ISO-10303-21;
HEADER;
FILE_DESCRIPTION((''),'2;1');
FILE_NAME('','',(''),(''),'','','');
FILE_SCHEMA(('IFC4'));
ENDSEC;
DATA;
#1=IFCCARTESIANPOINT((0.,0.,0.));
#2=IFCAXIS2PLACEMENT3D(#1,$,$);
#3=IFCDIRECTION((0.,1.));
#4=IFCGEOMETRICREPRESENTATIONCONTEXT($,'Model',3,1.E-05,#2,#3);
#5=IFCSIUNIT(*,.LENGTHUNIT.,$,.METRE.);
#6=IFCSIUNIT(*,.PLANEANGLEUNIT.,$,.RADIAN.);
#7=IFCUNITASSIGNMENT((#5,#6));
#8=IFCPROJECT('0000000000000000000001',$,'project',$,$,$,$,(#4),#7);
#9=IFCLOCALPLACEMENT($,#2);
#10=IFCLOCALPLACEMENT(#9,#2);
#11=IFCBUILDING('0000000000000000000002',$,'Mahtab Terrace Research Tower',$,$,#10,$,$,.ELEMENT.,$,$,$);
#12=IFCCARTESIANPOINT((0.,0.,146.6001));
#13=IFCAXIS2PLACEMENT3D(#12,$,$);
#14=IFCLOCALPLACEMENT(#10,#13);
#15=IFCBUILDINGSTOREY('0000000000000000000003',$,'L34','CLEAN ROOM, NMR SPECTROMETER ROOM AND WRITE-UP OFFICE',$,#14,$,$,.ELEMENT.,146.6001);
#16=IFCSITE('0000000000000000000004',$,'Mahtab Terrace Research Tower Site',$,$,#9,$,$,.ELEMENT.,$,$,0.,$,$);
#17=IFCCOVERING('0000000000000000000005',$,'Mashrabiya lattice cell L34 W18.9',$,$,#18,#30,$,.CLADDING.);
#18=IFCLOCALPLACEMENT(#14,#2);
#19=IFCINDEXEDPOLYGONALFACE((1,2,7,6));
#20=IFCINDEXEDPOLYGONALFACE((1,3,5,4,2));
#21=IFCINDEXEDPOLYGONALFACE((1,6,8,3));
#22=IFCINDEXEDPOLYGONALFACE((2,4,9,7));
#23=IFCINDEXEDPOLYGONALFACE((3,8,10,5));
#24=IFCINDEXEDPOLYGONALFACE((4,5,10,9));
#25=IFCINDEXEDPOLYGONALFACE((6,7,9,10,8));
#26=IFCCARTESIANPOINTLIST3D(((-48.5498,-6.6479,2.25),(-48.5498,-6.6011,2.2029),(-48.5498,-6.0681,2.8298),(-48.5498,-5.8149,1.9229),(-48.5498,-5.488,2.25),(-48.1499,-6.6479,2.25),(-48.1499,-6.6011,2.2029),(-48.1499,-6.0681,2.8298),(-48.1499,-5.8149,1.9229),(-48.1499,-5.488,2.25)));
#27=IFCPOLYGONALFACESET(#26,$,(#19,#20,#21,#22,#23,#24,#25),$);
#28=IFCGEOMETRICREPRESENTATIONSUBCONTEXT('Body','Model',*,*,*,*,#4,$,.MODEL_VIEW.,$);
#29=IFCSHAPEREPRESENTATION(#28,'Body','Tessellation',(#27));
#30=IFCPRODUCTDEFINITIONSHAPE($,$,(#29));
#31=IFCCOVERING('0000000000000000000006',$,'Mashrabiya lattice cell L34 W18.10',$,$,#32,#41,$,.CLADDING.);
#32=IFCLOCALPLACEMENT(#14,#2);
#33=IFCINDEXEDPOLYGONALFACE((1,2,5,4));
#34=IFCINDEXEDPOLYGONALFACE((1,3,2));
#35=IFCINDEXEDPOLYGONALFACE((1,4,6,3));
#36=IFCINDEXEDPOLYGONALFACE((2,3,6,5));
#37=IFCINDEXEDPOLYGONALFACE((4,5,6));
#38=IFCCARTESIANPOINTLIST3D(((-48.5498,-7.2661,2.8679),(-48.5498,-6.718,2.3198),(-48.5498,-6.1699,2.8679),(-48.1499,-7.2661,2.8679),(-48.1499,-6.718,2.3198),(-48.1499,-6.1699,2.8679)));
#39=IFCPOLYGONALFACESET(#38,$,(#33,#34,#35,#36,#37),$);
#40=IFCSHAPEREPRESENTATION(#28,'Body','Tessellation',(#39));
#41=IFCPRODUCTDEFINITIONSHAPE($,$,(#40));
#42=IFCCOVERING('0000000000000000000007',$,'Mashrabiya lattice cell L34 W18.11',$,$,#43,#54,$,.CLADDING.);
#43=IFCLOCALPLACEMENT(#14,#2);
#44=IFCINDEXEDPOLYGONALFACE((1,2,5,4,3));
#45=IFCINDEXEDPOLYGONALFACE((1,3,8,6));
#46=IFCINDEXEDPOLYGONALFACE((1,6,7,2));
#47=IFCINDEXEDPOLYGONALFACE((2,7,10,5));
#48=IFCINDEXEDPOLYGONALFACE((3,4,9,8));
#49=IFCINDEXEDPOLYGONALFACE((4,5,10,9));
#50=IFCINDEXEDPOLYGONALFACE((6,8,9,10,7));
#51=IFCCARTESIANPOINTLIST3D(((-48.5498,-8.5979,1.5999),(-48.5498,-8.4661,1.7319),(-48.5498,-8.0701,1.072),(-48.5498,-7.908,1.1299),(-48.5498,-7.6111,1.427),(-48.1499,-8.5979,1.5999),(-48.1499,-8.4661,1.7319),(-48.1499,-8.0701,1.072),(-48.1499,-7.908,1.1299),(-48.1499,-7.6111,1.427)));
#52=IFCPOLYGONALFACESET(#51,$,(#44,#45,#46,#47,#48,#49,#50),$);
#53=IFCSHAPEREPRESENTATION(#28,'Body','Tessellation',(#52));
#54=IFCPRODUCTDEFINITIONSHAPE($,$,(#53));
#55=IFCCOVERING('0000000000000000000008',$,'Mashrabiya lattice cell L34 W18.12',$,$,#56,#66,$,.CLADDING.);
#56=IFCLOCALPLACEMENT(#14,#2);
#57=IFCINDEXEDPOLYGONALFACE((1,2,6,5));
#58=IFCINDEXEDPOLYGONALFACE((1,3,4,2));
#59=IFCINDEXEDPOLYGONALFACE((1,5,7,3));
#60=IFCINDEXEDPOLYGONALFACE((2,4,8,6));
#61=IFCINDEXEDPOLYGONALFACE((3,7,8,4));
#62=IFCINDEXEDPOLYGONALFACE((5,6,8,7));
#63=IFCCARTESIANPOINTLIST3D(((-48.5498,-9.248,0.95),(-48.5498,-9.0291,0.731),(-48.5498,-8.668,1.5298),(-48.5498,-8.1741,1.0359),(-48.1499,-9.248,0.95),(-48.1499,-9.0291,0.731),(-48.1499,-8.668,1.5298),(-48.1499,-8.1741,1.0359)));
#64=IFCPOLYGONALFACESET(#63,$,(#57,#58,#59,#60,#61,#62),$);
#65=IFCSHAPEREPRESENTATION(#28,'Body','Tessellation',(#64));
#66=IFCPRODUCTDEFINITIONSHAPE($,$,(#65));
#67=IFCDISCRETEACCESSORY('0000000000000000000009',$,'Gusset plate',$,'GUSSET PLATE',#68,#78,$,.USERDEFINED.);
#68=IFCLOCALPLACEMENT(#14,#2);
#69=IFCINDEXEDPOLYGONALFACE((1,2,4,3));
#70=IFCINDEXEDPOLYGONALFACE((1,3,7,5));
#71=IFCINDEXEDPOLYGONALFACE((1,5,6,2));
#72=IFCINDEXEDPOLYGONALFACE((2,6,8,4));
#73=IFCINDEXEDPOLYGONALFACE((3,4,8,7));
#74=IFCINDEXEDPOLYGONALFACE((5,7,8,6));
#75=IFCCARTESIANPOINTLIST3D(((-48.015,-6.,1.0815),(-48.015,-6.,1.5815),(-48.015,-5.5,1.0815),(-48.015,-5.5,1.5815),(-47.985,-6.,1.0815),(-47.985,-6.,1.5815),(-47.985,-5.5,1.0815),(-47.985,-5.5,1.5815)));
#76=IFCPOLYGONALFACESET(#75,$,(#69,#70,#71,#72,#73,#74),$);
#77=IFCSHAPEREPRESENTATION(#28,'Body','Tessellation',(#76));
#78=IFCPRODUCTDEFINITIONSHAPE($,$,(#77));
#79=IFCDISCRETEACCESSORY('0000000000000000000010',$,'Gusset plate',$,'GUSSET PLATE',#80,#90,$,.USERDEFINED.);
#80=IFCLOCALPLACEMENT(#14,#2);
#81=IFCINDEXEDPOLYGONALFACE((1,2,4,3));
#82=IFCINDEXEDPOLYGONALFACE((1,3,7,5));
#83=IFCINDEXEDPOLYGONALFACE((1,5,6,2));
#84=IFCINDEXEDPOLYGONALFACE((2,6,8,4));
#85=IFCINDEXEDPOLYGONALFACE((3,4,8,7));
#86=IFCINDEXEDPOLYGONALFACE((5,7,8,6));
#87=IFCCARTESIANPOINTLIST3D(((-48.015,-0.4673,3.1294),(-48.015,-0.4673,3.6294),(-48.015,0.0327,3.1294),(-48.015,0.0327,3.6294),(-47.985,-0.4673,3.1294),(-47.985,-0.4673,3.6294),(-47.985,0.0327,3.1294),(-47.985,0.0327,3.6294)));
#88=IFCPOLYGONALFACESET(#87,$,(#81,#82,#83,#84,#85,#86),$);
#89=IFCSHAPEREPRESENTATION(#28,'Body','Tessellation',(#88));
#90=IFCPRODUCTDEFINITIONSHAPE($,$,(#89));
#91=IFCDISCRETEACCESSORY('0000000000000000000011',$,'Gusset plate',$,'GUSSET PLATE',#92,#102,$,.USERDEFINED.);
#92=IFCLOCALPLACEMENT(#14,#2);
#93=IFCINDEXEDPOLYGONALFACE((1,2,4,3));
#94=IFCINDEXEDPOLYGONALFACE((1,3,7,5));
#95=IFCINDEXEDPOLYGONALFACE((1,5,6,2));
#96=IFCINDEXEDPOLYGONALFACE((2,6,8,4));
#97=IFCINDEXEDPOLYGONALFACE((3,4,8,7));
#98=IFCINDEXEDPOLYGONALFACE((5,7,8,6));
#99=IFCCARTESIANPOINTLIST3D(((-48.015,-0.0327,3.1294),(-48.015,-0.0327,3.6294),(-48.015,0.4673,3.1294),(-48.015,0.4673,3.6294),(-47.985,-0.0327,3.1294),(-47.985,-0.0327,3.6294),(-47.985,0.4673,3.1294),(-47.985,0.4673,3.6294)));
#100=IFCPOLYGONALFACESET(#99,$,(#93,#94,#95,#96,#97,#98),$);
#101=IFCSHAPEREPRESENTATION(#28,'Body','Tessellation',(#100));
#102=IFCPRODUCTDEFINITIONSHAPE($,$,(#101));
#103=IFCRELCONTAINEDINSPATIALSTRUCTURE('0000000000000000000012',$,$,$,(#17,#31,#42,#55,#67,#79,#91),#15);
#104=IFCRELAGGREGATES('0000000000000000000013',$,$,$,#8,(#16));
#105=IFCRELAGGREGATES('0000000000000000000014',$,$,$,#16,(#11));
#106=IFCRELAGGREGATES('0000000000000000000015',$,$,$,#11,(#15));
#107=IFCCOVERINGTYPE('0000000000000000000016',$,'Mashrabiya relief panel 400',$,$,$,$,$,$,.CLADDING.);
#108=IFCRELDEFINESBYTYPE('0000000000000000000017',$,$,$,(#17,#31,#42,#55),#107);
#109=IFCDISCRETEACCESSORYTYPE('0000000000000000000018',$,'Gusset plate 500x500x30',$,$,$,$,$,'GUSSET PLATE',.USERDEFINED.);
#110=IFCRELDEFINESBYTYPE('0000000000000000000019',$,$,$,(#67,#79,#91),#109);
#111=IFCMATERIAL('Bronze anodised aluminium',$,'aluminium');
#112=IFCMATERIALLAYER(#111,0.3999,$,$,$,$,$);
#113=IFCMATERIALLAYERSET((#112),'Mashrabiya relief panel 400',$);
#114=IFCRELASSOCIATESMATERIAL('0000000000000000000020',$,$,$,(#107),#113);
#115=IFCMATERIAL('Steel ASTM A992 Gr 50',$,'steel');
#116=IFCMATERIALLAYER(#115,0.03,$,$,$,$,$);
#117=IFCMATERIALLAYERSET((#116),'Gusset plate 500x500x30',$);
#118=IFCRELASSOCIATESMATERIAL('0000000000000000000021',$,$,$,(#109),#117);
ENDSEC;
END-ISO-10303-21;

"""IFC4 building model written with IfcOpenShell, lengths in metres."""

from ifc_helpers import new_model, si_unit, direction, frame, origin, origin_2d, place, context, subcontext, project, spatial, polyline, rectangle, outline, extrude, material, layer, layer_set, type_object, element, save


model = new_model("IFC4")

# Units and contexts
model_context = context("Model", 3, precision=1e-05, world=origin(), true_north=direction((0.0, 1.0)))
body_context = subcontext(model_context, "Body", "Model", "MODEL_VIEW")
ifc_project = project(units=[si_unit("LENGTHUNIT", "METRE"), si_unit("PLANEANGLEUNIT", "RADIAN")], contexts=[model_context])

# Site, building, storey
site_placement = place(None, origin())
site = spatial("IfcSite", under=ifc_project, at=site_placement, Name="Mahtab Terrace Research Tower Site", CompositionType="ELEMENT", RefElevation=0.0)
building_placement = place(site_placement, origin())
building = spatial("IfcBuilding", under=site, at=building_placement, Name="Mahtab Terrace Research Tower", CompositionType="ELEMENT")
storey_placement = place(building_placement, frame((0.0, 0.0, 146.6001)))
storey = spatial("IfcBuildingStorey", under=building, at=storey_placement, Name="L34", Description="CLEAN ROOM, NMR SPECTROMETER ROOM AND WRITE-UP OFFICE", CompositionType="ELEMENT", Elevation=146.6001)

# Shared definitions
ifc_material_1 = material(Name="Steel ASTM A992 Gr 50", Category="steel")

# Coverings
ifc_material_2 = material(Name="Bronze anodised aluminium", Category="aluminium")
ifc_layer_1 = layer(ifc_material_2, 0.3999)
ifc_layer_set_1 = layer_set([ifc_layer_1], Name="Mashrabiya relief panel 400")
covering_type = type_object("IfcCoveringType", Name="Mashrabiya relief panel 400", PredefinedType="CLADDING", material=ifc_layer_set_1)
covering_1_placement = place(storey_placement, frame((-48.1499, -5.488, 2.25), z_axis=(1.0, 0.0, 0.0), x_axis=(0.0, -0.707256, 0.706958)))
element("IfcCovering", 1, at=covering_1_placement, inside=storey, type_object=covering_type, Name="Mashrabiya lattice cell L34 W18.9", PredefinedType="CLADDING", context=body_context, shape_type="SweptSolid", body=[
    extrude(outline(polyline([(0.0, 0.0), (0.8202, 0.0), (0.8204, 0.82), (0.7539, 0.8202), (-0.0001, 0.4625), (0.0, 0.0)])), origin(), (0.0, 0.0, -1.0), 0.3999),
])
covering_2_placement = place(storey_placement, frame((-48.1499, -6.718, 2.3198), z_axis=(1.0, 0.0, 0.0), x_axis=(0.0, 0.707107, 0.707107)))
element("IfcCovering", 2, at=covering_2_placement, inside=storey, type_object=covering_type, Name="Mashrabiya lattice cell L34 W18.10", PredefinedType="CLADDING", context=body_context, shape_type="SweptSolid", body=[
    extrude(outline(polyline([(0.0, 0.0), (0.7751, 0.0), (0.0, 0.7751), (0.0, 0.0)])), origin(), (0.0, 0.0, -1.0), 0.3999),
])
covering_3_placement = place(storey_placement, frame((-48.1499, -7.6111, 1.427), z_axis=(1.0, 0.0, 0.0), x_axis=(0.0, -0.941888, 0.335927)))
element("IfcCovering", 3, at=covering_3_placement, inside=storey, type_object=covering_type, Name="Mashrabiya lattice cell L34 W18.11", PredefinedType="CLADDING", context=body_context, shape_type="SweptSolid", body=[
    extrude(outline(polyline([(0.0, 0.0), (0.9077, 0.0), (0.9875, 0.1687), (0.3131, 0.4885), (0.1798, 0.3796), (0.0, 0.0)])), origin(), (0.0, 0.0, -1.0), 0.3999),
])
covering_4_placement = place(storey_placement, frame((-48.1499, -8.668, 1.5298), z_axis=(1.0, 0.0, 0.0), x_axis=(0.0, -0.707256, -0.706958)))
element("IfcCovering", 4, at=covering_4_placement, inside=storey, type_object=covering_type, Name="Mashrabiya lattice cell L34 W18.12", PredefinedType="CLADDING", context=body_context, shape_type="SweptSolid", body=[
    extrude(outline(polyline([(0.0, 0.0), (0.8202, 0.0), (0.8201, 0.3097), (-0.0001, 0.6985), (0.0, 0.0)])), origin(), (0.0, 0.0, -1.0), 0.3999),
])

# Discrete accessories
ifc_layer_2 = layer(ifc_material_1, 0.03)
ifc_layer_set_2 = layer_set([ifc_layer_2], Name="Gusset plate 500x500x30")
discrete_accessory_type = type_object("IfcDiscreteAccessoryType", Name="Gusset plate 500x500x30", ElementType="GUSSET PLATE", PredefinedType="USERDEFINED", material=ifc_layer_set_2)
for number, where, z_axis, x_axis, name in (
    (5, (-48.0, -5.75, 1.0815), (0.0, 0.0, 1.0), (0.0, 1.0, 0.0), "Gusset plate"),
    (6, (-48.0, -0.2173, 3.1294), (0.0, 0.0, 1.0), (0.0, 1.0, 0.0), "Gusset plate"),
    (7, (-48.0, 0.2173, 3.1294), (0.0, 0.0, 1.0), (0.0, 1.0, 0.0), "Gusset plate"),
):
    element("IfcDiscreteAccessory", number, at=place(storey_placement, frame(where, z_axis=z_axis, x_axis=x_axis)), inside=storey, type_object=discrete_accessory_type, Name=name, ObjectType="GUSSET PLATE", PredefinedType="USERDEFINED", context=body_context, shape_type="SweptSolid", body=[
        extrude(rectangle(XDim=0.5, YDim=0.03, at=origin_2d()), origin(), (0.0, 0.0, 1.0), 0.5),
    ])

save(model, "model.ifc")
